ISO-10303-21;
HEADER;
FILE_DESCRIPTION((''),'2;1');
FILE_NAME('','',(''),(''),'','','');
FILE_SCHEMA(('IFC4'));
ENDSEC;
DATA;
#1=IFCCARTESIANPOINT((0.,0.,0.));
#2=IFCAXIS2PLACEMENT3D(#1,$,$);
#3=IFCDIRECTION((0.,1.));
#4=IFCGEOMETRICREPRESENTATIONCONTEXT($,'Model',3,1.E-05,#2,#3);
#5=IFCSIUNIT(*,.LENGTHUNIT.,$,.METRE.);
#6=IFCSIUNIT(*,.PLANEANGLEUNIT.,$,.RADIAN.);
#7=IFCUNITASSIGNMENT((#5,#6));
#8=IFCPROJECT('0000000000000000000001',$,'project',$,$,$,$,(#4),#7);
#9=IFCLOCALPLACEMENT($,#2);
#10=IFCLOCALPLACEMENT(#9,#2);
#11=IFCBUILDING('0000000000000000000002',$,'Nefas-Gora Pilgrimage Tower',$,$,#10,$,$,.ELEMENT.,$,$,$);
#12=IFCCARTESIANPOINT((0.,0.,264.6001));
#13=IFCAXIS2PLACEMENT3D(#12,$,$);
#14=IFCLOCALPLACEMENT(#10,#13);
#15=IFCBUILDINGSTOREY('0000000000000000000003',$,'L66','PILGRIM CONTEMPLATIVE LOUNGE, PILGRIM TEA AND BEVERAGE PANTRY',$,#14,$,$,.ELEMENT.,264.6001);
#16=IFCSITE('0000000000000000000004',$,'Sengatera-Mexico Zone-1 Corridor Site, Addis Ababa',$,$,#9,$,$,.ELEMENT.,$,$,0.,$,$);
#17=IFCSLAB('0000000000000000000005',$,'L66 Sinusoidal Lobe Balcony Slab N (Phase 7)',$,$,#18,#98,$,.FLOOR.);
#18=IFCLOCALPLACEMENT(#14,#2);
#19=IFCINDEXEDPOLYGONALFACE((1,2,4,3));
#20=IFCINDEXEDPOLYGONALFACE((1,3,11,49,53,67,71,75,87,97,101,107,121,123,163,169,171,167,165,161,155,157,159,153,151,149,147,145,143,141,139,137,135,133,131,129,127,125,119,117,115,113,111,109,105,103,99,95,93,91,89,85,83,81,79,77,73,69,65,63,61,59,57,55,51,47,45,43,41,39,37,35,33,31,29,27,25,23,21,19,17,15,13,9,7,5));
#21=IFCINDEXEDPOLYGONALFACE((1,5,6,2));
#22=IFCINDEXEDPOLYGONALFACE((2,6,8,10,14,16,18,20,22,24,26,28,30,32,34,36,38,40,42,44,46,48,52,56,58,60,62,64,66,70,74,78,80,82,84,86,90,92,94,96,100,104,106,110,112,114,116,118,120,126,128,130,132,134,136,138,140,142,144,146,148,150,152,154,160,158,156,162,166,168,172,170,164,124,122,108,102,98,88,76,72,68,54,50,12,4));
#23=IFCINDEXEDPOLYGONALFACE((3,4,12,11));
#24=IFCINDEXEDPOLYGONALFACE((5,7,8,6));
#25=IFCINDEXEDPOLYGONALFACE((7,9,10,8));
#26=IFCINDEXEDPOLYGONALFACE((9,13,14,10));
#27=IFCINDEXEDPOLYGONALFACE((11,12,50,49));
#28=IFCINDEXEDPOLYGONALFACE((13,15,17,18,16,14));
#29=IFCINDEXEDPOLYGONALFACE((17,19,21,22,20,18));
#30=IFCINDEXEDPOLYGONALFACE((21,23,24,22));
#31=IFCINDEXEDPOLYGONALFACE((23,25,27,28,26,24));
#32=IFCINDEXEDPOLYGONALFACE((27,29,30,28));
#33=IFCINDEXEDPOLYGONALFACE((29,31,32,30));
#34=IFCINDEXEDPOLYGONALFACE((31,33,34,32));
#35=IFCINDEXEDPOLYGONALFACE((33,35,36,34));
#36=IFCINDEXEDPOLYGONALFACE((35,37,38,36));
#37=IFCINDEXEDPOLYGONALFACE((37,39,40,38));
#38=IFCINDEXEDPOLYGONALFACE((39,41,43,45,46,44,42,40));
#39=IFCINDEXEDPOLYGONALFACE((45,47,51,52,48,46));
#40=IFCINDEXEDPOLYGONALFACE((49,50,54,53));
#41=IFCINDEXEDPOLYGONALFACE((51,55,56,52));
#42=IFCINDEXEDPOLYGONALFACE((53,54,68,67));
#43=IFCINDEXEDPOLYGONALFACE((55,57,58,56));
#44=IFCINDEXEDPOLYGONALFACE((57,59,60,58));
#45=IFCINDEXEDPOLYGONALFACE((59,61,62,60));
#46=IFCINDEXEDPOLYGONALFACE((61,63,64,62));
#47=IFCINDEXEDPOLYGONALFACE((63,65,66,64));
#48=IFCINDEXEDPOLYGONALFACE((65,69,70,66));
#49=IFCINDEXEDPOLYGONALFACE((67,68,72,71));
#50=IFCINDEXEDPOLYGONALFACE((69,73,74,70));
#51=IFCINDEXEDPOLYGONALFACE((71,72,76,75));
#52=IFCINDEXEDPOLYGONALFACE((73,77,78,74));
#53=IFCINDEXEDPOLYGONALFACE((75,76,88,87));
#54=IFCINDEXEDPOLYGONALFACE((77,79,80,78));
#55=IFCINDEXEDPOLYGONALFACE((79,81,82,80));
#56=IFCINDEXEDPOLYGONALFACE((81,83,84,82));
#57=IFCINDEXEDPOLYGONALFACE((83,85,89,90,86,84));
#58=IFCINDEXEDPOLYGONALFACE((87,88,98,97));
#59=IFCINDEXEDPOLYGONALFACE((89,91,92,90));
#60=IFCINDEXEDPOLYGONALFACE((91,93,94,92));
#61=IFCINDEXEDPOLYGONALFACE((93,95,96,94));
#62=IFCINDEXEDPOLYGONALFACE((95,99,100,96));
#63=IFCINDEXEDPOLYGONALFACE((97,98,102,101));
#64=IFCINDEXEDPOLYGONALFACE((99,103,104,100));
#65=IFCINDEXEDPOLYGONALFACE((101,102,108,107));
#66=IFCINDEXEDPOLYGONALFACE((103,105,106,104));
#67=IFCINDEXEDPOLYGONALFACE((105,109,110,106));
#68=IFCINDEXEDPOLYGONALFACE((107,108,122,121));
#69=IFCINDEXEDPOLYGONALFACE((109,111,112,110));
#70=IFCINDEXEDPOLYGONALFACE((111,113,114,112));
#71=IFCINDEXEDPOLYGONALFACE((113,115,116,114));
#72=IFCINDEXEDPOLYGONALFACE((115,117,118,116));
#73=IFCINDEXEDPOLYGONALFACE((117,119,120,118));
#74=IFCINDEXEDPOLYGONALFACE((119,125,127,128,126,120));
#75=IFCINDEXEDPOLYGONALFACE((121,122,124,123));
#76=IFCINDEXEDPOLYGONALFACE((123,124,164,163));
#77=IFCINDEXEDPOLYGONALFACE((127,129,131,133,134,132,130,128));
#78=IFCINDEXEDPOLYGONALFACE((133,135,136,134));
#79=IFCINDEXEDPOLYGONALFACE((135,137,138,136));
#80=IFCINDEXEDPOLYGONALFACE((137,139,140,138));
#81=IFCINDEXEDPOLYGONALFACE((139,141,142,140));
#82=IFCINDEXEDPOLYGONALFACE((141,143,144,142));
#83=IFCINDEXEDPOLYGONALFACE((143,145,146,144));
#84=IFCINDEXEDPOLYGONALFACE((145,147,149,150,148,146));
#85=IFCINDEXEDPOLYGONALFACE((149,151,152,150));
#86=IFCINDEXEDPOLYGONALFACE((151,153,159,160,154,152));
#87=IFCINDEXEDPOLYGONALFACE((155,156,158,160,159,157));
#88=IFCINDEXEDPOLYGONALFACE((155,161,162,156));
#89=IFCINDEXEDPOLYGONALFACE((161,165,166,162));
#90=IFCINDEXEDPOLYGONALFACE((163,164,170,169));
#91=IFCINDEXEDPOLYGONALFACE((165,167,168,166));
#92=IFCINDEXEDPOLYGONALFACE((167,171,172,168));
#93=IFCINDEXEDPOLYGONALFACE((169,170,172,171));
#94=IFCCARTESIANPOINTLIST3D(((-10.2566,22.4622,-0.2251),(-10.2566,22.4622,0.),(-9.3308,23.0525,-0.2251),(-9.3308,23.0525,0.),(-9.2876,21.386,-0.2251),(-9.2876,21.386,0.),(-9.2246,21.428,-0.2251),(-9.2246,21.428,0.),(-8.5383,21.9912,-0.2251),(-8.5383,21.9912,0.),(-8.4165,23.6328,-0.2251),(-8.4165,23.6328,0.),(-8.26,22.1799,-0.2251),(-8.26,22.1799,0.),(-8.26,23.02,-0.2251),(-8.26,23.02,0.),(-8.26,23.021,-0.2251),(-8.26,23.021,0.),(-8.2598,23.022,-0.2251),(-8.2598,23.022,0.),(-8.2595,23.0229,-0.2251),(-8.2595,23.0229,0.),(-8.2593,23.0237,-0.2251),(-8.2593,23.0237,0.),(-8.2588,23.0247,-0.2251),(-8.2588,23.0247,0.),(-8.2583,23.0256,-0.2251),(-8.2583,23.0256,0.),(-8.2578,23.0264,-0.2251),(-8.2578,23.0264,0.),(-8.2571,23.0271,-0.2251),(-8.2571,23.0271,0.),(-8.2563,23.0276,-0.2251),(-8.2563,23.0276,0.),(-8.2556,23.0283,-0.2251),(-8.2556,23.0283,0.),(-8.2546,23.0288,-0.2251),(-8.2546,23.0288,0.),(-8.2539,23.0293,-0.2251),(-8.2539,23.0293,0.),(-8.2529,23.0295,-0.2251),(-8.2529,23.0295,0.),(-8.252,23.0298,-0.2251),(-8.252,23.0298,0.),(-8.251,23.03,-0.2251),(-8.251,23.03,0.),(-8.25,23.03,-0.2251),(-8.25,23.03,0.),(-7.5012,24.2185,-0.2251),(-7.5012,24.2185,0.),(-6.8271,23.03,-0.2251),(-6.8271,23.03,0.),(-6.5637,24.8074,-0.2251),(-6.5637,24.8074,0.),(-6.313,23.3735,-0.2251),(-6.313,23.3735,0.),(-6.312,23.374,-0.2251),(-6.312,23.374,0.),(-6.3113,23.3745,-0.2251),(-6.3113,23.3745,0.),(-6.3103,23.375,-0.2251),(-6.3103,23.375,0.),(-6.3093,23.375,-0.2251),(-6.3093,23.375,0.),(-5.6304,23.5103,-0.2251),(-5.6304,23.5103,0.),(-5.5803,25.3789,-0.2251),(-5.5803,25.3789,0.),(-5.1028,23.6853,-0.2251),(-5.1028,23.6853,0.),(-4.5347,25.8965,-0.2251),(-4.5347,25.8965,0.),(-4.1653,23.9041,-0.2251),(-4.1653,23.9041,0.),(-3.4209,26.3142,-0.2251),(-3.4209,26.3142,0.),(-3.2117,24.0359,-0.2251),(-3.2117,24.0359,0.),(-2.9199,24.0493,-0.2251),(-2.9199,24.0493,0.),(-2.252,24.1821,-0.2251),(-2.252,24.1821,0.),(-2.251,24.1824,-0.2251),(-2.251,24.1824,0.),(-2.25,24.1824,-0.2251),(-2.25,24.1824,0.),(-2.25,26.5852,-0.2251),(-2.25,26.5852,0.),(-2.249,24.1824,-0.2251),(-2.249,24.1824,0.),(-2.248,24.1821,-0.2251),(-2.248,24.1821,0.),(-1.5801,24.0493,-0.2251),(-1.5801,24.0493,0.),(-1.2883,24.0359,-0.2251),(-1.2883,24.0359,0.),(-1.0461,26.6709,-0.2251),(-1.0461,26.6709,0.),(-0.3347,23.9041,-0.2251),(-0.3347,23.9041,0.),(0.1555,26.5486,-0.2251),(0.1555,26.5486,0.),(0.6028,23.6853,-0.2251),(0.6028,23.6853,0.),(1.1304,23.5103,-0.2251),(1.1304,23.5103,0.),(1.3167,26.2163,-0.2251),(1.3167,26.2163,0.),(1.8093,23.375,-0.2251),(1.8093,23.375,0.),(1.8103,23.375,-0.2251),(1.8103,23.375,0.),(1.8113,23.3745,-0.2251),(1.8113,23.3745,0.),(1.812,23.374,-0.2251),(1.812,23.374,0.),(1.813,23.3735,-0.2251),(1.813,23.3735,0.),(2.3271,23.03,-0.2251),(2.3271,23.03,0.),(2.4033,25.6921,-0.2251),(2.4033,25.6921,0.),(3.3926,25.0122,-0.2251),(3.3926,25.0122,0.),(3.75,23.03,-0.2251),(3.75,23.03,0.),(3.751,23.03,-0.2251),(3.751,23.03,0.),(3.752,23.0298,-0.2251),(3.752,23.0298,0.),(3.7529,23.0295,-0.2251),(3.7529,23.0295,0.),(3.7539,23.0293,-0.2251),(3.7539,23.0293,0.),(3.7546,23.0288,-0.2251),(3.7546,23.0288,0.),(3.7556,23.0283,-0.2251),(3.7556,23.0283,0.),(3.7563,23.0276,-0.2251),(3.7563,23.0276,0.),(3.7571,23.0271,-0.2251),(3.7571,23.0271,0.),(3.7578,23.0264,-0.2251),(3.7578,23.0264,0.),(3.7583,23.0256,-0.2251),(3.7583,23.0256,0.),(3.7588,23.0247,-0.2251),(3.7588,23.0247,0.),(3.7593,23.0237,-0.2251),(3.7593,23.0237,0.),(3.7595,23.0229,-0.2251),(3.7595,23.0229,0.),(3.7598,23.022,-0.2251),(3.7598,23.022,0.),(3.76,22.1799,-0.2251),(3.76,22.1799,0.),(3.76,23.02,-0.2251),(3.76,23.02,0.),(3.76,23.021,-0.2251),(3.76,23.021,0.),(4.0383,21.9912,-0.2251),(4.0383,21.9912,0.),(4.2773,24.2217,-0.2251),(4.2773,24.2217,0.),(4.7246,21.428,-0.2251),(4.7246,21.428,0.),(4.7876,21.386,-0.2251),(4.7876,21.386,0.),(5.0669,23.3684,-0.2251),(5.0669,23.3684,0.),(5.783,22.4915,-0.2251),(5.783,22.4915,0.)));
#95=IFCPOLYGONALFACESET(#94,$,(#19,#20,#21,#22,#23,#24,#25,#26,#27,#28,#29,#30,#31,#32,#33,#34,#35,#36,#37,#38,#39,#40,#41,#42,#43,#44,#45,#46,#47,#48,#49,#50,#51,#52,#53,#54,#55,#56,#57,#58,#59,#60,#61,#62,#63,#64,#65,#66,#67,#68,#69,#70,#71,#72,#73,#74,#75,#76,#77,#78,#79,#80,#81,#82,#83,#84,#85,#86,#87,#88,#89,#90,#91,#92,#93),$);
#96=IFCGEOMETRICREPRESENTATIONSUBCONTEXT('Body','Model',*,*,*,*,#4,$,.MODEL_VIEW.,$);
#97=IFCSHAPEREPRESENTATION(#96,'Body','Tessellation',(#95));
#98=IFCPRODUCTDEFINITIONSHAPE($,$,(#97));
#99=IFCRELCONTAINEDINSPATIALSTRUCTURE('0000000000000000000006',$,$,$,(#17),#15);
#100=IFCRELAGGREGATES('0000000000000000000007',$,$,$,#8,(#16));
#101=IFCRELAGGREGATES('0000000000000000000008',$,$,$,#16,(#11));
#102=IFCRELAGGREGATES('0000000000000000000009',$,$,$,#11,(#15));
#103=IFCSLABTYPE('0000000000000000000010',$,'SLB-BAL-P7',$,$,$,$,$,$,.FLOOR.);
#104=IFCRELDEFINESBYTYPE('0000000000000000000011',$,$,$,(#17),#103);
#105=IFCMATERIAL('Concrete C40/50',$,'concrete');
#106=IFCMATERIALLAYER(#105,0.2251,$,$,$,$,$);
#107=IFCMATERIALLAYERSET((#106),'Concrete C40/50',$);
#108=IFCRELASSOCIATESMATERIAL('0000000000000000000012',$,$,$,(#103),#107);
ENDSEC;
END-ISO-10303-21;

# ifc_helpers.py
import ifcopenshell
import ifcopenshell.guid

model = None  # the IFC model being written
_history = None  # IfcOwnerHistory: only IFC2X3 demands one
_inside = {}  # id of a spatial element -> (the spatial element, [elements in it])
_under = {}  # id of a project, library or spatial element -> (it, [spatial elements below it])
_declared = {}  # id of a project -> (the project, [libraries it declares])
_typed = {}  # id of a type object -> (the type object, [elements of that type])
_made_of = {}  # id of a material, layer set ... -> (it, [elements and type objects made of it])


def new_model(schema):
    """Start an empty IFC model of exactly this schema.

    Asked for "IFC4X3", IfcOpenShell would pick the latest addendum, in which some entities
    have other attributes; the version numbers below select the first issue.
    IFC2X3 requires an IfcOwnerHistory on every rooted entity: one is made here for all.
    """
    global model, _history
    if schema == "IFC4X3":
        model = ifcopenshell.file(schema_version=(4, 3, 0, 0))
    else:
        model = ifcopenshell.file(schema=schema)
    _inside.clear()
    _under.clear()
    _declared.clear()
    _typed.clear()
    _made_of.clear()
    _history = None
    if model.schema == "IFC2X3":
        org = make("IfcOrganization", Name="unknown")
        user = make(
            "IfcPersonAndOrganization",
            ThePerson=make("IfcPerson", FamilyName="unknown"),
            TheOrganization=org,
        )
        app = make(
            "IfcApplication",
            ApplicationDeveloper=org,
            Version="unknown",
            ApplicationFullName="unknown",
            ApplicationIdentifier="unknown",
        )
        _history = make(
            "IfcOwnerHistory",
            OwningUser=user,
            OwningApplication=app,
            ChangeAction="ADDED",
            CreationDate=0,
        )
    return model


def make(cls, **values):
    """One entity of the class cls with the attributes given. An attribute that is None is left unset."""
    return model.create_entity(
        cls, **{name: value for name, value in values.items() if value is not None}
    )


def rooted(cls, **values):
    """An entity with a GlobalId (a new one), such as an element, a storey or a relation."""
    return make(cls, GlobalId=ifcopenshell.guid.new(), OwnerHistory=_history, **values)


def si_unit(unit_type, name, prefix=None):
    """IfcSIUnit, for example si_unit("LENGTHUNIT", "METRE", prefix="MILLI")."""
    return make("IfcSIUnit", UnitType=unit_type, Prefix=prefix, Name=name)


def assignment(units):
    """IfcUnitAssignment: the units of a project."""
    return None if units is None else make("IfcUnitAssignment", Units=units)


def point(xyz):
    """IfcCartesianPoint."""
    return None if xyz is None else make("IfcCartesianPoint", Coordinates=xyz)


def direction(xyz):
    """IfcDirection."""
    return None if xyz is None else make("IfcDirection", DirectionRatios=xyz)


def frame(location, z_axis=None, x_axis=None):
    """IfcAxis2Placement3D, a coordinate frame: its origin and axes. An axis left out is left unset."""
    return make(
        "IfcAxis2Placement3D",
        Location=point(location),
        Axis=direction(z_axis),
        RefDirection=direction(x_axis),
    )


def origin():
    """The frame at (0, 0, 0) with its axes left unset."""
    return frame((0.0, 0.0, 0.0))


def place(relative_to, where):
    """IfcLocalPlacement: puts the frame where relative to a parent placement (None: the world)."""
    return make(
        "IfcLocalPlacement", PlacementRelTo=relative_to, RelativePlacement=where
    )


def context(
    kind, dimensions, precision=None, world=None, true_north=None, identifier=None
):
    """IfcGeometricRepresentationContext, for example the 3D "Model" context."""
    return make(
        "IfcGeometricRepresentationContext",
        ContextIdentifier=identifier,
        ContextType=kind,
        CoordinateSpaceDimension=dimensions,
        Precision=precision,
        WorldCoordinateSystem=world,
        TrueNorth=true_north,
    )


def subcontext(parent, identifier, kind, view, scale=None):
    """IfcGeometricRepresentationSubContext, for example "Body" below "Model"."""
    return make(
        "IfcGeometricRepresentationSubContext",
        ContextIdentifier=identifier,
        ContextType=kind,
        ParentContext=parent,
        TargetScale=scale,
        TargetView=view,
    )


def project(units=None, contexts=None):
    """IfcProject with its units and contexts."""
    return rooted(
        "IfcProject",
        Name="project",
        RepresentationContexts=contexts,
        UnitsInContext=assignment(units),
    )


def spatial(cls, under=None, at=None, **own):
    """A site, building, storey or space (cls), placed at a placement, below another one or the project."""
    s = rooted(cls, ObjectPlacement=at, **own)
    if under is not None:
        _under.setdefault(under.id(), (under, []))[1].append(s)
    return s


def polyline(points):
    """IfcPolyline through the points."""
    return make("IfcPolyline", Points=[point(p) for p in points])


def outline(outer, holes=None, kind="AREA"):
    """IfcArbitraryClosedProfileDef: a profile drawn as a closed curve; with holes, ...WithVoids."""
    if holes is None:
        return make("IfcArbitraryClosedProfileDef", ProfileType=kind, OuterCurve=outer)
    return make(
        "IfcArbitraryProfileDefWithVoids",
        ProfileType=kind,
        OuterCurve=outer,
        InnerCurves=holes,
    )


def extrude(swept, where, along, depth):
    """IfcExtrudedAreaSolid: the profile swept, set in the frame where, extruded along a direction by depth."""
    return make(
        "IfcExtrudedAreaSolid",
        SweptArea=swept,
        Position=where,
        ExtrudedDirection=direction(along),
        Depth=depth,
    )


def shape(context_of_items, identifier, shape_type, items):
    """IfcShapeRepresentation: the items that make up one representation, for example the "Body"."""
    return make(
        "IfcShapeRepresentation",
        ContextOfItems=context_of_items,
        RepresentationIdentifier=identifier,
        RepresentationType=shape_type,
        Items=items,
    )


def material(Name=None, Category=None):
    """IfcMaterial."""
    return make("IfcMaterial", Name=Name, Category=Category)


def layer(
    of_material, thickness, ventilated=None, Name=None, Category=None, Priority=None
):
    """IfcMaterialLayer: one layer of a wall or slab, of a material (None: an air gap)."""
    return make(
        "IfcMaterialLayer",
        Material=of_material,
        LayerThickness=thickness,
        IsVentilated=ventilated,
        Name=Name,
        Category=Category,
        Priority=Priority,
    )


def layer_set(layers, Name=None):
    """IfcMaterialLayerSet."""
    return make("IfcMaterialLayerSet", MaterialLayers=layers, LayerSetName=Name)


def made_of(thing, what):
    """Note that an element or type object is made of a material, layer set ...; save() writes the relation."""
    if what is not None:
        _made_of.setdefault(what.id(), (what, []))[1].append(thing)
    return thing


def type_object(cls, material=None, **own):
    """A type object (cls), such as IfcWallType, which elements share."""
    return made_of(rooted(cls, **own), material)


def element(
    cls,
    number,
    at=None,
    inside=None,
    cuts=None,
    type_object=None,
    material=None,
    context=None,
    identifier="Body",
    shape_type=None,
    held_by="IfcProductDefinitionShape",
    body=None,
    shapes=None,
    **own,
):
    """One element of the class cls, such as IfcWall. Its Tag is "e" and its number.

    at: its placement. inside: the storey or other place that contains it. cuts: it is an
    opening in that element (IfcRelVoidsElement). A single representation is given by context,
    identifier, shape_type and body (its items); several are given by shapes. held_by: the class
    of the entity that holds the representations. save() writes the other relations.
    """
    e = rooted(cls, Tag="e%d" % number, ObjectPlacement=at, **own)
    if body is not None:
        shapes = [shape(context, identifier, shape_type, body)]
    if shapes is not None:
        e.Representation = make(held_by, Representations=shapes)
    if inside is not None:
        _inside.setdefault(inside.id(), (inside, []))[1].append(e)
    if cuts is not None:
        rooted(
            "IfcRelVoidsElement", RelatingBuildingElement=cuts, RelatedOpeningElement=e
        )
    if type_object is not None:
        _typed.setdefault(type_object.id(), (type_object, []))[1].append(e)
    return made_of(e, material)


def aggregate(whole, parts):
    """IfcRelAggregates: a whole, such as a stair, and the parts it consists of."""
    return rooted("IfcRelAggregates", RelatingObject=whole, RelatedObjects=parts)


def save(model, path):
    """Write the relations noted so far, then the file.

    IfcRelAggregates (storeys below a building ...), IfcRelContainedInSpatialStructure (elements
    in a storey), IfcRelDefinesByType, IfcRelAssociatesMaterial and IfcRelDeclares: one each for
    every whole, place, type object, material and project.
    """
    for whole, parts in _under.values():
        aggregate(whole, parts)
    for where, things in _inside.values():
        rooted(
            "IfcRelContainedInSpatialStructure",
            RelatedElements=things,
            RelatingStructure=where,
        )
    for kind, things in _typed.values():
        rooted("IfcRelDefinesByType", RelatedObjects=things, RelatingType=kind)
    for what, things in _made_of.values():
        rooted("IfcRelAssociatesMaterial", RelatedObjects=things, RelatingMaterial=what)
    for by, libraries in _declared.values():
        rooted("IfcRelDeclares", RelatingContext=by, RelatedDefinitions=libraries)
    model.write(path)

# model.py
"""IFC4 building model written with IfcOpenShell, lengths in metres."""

from ifc_helpers import new_model, si_unit, direction, frame, origin, place, context, subcontext, project, spatial, polyline, outline, extrude, material, layer, layer_set, type_object, element, save


model = new_model("IFC4")

# Units and contexts
model_context = context("Model", 3, precision=1e-05, world=origin(), true_north=direction((0.0, 1.0)))
body_context = subcontext(model_context, "Body", "Model", "MODEL_VIEW")
ifc_project = project(units=[si_unit("LENGTHUNIT", "METRE"), si_unit("PLANEANGLEUNIT", "RADIAN")], contexts=[model_context])

# Site, building, storey
site_placement = place(None, origin())
site = spatial("IfcSite", under=ifc_project, at=site_placement, Name="Sengatera-Mexico Zone-1 Corridor Site, Addis Ababa", CompositionType="ELEMENT", RefElevation=0.0)
building_placement = place(site_placement, origin())
building = spatial("IfcBuilding", under=site, at=building_placement, Name="Nefas-Gora Pilgrimage Tower", CompositionType="ELEMENT")
storey_placement = place(building_placement, frame((0.0, 0.0, 264.6001)))
storey = spatial("IfcBuildingStorey", under=building, at=storey_placement, Name="L66", Description="PILGRIM CONTEMPLATIVE LOUNGE, PILGRIM TEA AND BEVERAGE PANTRY", CompositionType="ELEMENT", Elevation=264.6001)

# Slab
ifc_material_1 = material(Name="Concrete C40/50", Category="concrete")
ifc_layer_1 = layer(ifc_material_1, 0.2251)
ifc_layer_set_1 = layer_set([ifc_layer_1], Name="Concrete C40/50")
slab_type_1 = type_object("IfcSlabType", Name="SLB-BAL-P7", PredefinedType="FLOOR", material=ifc_layer_set_1)
slab_1_placement = place(storey_placement, frame((0.0, 0.0, -0.2251)))
element("IfcSlab", 1, at=slab_1_placement, inside=storey, type_object=slab_type_1, Name="L66 Sinusoidal Lobe Balcony Slab N (Phase 7)", PredefinedType="FLOOR", context=body_context, shape_type="SweptSolid", body=[
    extrude(outline(polyline([(-9.2876, 21.386), (-9.2246, 21.428), (-8.5383, 21.9912), (-8.26, 22.1799), (-8.26, 23.02), (-8.26, 23.021), (-8.2598, 23.022), (-8.2595, 23.0229), (-8.2593, 23.0237), (-8.2588, 23.0247), (-8.2583, 23.0256), (-8.2578, 23.0264), (-8.2571, 23.0271), (-8.2563, 23.0276), (-8.2556, 23.0283), (-8.2546, 23.0288), (-8.2539, 23.0293), (-8.2529, 23.0295), (-8.252, 23.0298), (-8.251, 23.03), (-8.25, 23.03), (-6.8271, 23.03), (-6.313, 23.3735), (-6.312, 23.374), (-6.3113, 23.3745), (-6.3103, 23.375), (-6.3093, 23.375), (-5.6304, 23.5103), (-5.1028, 23.6853), (-4.1653, 23.9041), (-3.2117, 24.0359), (-2.9199, 24.0493), (-2.252, 24.1821), (-2.251, 24.1824), (-2.25, 24.1824), (-2.249, 24.1824), (-2.248, 24.1821), (-1.5801, 24.0493), (-1.2883, 24.0359), (-0.3347, 23.9041), (0.6028, 23.6853), (1.1304, 23.5103), (1.8093, 23.375), (1.8103, 23.375), (1.8113, 23.3745), (1.812, 23.374), (1.813, 23.3735), (2.3271, 23.03), (3.75, 23.03), (3.751, 23.03), (3.752, 23.0298), (3.7529, 23.0295), (3.7539, 23.0293), (3.7546, 23.0288), (3.7556, 23.0283), (3.7563, 23.0276), (3.7571, 23.0271), (3.7578, 23.0264), (3.7583, 23.0256), (3.7588, 23.0247), (3.7593, 23.0237), (3.7595, 23.0229), (3.7598, 23.022), (3.76, 23.021), (3.76, 23.02), (3.76, 22.1799), (4.0383, 21.9912), (4.7246, 21.428), (4.7876, 21.386), (5.783, 22.4915), (5.0669, 23.3684), (4.2773, 24.2217), (3.3926, 25.0122), (2.4033, 25.6921), (1.3167, 26.2163), (0.1555, 26.5486), (-1.0461, 26.6709), (-2.25, 26.5852), (-3.4209, 26.3142), (-4.5347, 25.8965), (-5.5803, 25.3789), (-6.5637, 24.8074), (-7.5012, 24.2185), (-8.4165, 23.6328), (-9.3308, 23.0525), (-10.2566, 22.4622), (-9.2876, 21.386)])), origin(), (0.0, 0.0, 1.0), 0.2251),
])

save(model, "model.ifc")
